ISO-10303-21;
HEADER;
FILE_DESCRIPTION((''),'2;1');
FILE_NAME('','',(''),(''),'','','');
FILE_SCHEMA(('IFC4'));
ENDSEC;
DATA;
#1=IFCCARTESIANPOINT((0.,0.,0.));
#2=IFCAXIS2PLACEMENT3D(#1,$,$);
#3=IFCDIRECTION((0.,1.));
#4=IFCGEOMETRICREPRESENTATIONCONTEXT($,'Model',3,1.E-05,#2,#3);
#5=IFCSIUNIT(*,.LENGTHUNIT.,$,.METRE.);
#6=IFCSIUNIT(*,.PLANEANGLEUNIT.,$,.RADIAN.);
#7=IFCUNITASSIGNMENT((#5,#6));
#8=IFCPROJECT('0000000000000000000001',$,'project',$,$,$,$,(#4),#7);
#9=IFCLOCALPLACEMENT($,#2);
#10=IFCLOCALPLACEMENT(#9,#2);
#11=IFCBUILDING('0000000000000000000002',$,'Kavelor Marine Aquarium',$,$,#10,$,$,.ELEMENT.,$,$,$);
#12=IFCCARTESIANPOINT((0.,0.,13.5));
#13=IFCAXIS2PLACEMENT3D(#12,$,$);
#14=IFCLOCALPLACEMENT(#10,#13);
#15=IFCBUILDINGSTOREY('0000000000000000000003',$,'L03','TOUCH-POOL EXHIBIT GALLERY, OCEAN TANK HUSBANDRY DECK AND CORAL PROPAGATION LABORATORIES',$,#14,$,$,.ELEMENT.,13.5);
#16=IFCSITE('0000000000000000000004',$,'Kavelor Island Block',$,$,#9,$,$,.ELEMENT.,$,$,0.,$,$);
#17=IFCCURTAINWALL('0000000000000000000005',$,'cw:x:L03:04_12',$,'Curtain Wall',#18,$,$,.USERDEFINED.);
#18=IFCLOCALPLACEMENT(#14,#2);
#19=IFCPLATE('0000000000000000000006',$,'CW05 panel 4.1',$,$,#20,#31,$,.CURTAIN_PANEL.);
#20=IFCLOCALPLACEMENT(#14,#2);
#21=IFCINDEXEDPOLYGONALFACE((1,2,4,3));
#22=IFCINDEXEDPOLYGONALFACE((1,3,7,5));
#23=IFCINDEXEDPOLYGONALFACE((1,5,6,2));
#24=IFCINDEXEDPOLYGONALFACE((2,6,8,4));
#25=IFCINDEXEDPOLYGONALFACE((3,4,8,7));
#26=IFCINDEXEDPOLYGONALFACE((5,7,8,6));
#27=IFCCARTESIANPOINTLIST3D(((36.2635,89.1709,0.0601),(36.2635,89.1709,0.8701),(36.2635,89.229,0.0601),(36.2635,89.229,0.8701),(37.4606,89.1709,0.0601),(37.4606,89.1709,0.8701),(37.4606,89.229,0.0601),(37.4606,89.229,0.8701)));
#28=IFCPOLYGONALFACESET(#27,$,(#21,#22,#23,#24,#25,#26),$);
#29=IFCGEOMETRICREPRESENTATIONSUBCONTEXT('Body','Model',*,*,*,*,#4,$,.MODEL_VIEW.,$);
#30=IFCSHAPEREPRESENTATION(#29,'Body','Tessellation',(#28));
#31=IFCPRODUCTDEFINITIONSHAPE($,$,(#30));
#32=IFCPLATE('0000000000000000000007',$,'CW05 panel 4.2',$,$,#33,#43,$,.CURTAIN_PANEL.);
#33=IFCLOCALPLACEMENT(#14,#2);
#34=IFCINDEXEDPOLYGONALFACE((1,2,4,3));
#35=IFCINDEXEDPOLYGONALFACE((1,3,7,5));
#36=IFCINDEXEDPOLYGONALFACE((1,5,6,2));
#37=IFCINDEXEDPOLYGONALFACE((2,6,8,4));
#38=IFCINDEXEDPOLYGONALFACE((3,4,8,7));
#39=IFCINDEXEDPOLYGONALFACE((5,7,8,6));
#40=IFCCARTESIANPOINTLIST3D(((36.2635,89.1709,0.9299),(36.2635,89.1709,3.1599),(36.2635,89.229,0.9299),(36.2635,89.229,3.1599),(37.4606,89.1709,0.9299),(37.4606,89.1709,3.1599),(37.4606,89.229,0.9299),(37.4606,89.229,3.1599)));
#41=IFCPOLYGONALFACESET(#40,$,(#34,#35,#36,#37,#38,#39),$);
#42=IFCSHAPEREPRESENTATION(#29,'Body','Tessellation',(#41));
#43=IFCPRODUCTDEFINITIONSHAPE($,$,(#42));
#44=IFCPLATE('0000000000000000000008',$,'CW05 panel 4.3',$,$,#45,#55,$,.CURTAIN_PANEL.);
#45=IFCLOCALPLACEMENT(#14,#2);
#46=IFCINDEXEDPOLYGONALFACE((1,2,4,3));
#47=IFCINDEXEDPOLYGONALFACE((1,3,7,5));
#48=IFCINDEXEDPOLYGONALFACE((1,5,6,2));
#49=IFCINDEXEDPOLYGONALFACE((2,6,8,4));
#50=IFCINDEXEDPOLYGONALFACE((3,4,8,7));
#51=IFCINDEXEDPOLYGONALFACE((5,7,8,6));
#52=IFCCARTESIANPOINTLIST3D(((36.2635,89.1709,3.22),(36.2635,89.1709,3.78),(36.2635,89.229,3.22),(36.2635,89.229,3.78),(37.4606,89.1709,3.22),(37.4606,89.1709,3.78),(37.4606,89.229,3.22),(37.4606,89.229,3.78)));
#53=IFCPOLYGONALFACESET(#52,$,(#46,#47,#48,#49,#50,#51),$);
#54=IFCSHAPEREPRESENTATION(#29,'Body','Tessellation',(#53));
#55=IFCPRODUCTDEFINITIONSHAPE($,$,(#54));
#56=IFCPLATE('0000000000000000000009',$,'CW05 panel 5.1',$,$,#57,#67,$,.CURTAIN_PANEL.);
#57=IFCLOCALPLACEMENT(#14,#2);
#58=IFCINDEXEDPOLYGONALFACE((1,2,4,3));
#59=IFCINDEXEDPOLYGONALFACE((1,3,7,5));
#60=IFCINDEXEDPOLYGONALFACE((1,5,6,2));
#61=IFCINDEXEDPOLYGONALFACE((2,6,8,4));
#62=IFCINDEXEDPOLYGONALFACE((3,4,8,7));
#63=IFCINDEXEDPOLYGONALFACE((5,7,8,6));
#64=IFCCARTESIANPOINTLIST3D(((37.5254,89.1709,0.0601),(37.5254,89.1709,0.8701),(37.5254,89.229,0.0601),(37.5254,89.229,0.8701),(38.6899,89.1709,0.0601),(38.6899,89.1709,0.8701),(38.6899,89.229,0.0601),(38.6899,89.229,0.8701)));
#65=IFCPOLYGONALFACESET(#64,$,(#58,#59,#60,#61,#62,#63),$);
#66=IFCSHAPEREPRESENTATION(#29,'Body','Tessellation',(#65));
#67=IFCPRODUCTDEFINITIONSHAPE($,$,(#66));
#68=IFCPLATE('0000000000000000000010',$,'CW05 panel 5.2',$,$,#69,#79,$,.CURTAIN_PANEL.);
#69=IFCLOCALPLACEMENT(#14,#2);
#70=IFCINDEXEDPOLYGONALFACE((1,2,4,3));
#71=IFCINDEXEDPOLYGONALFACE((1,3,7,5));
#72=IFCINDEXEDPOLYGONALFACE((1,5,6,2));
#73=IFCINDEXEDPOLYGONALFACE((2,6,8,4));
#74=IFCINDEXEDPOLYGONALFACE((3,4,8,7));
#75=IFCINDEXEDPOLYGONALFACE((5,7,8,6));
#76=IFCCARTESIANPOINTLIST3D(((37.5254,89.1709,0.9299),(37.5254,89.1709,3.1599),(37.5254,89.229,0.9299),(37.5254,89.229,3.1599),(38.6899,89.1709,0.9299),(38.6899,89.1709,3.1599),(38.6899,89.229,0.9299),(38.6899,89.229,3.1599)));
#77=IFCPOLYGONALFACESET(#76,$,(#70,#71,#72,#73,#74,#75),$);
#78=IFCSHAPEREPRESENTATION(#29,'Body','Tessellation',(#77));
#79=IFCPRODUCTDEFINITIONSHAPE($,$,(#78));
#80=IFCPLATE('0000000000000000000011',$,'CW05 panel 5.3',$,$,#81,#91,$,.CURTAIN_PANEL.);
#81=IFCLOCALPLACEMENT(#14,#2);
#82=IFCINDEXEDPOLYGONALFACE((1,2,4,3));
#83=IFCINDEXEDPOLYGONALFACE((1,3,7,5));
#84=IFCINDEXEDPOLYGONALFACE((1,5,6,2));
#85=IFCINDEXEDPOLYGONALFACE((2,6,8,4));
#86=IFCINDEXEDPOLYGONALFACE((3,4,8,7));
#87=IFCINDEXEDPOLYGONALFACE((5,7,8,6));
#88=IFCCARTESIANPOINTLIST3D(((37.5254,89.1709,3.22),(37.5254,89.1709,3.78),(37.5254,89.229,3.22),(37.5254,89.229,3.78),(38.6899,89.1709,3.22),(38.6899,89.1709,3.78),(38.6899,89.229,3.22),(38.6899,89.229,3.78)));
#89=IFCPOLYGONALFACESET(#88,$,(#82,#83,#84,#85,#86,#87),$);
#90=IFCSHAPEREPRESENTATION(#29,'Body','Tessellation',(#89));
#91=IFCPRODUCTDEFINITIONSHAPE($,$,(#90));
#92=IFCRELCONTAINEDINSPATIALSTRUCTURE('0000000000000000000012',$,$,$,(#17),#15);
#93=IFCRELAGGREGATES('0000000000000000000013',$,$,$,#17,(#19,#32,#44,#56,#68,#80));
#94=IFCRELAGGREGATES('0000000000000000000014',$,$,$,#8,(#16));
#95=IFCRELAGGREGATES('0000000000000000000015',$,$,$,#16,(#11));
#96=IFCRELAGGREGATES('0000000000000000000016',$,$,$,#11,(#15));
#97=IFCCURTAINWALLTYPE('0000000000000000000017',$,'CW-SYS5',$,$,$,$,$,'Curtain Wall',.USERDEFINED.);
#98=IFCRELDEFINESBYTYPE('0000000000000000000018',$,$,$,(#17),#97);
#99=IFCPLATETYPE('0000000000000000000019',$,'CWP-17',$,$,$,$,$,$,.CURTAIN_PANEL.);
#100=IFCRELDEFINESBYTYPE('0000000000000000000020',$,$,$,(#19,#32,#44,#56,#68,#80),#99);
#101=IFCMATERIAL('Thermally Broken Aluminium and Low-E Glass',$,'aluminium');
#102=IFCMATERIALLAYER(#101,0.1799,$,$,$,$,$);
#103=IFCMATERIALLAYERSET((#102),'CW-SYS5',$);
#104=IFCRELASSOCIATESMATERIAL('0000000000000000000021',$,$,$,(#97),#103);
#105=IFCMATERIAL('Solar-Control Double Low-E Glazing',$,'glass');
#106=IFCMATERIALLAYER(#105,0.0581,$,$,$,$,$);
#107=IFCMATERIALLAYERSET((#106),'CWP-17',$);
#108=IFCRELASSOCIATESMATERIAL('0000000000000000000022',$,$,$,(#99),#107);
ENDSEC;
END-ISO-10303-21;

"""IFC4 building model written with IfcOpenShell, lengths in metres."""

from ifc_helpers import new_model, si_unit, direction, frame, origin, origin_2d, place, context, subcontext, project, spatial, rectangle, extrude, material, layer, layer_set, type_object, element, aggregate, save


model = new_model("IFC4")

# Units and contexts
model_context = context("Model", 3, precision=1e-05, world=origin(), true_north=direction((0.0, 1.0)))
body_context = subcontext(model_context, "Body", "Model", "MODEL_VIEW")
ifc_project = project(units=[si_unit("LENGTHUNIT", "METRE"), si_unit("PLANEANGLEUNIT", "RADIAN")], contexts=[model_context])

# Site, building, storey
site_placement = place(None, origin())
site = spatial("IfcSite", under=ifc_project, at=site_placement, Name="Kavelor Island Block", CompositionType="ELEMENT", RefElevation=0.0)
building_placement = place(site_placement, origin())
building = spatial("IfcBuilding", under=site, at=building_placement, Name="Kavelor Marine Aquarium", CompositionType="ELEMENT")
storey_placement = place(building_placement, frame((0.0, 0.0, 13.5)))
storey = spatial("IfcBuildingStorey", under=building, at=storey_placement, Name="L03", Description="TOUCH-POOL EXHIBIT GALLERY, OCEAN TANK HUSBANDRY DECK AND CORAL PROPAGATION LABORATORIES", CompositionType="ELEMENT", Elevation=13.5)

# Curtain wall, plates
ifc_material_1 = material(Name="Thermally Broken Aluminium and Low-E Glass", Category="aluminium")
ifc_layer_1 = layer(ifc_material_1, 0.1799)
ifc_layer_set_1 = layer_set([ifc_layer_1], Name="CW-SYS5")
curtain_wall_type = type_object("IfcCurtainWallType", Name="CW-SYS5", ElementType="Curtain Wall", PredefinedType="USERDEFINED", material=ifc_layer_set_1)
curtain_wall_placement = place(storey_placement, origin())
curtain_wall = element("IfcCurtainWall", 1, at=curtain_wall_placement, inside=storey, type_object=curtain_wall_type, Name="cw:x:L03:04_12", ObjectType="Curtain Wall", PredefinedType="USERDEFINED")
ifc_material_2 = material(Name="Solar-Control Double Low-E Glazing", Category="glass")
ifc_layer_2 = layer(ifc_material_2, 0.0581)
ifc_layer_set_2 = layer_set([ifc_layer_2], Name="CWP-17")
plate_type = type_object("IfcPlateType", Name="CWP-17", PredefinedType="CURTAIN_PANEL", material=ifc_layer_set_2)
plate_1_placement = place(storey_placement, frame((36.8621, 89.2, 0.0601), z_axis=(0.0, 0.0, 1.0), x_axis=(1.0, 0.0, 0.0)))
plate_1 = element("IfcPlate", 2, at=plate_1_placement, type_object=plate_type, Name="CW05 panel 4.1", PredefinedType="CURTAIN_PANEL", context=body_context, shape_type="SweptSolid", body=[
    extrude(rectangle(XDim=1.197, YDim=0.0581, at=origin_2d()), origin(), (0.0, 0.0, 1.0), 0.8101),
])
plate_2_placement = place(storey_placement, frame((36.8621, 89.2, 0.9299), z_axis=(0.0, 0.0, 1.0), x_axis=(1.0, 0.0, 0.0)))
plate_2 = element("IfcPlate", 3, at=plate_2_placement, type_object=plate_type, Name="CW05 panel 4.2", PredefinedType="CURTAIN_PANEL", context=body_context, shape_type="SweptSolid", body=[
    extrude(rectangle(XDim=1.197, YDim=0.0581, at=origin_2d()), origin(), (0.0, 0.0, 1.0), 2.23),
])
plate_3_placement = place(storey_placement, frame((36.8621, 89.2, 3.22), z_axis=(0.0, 0.0, 1.0), x_axis=(1.0, 0.0, 0.0)))
plate_3 = element("IfcPlate", 4, at=plate_3_placement, type_object=plate_type, Name="CW05 panel 4.3", PredefinedType="CURTAIN_PANEL", context=body_context, shape_type="SweptSolid", body=[
    extrude(rectangle(XDim=1.197, YDim=0.0581, at=origin_2d()), origin(), (0.0, 0.0, 1.0), 0.5601),
])
plate_4_placement = place(storey_placement, frame((38.1077, 89.2, 0.0601), z_axis=(0.0, 0.0, 1.0), x_axis=(1.0, 0.0, 0.0)))
plate_4 = element("IfcPlate", 5, at=plate_4_placement, type_object=plate_type, Name="CW05 panel 5.1", PredefinedType="CURTAIN_PANEL", context=body_context, shape_type="SweptSolid", body=[
    extrude(rectangle(XDim=1.1646, YDim=0.0581, at=origin_2d()), origin(), (0.0, 0.0, 1.0), 0.8101),
])
plate_5_placement = place(storey_placement, frame((38.1077, 89.2, 0.9299), z_axis=(0.0, 0.0, 1.0), x_axis=(1.0, 0.0, 0.0)))
plate_5 = element("IfcPlate", 6, at=plate_5_placement, type_object=plate_type, Name="CW05 panel 5.2", PredefinedType="CURTAIN_PANEL", context=body_context, shape_type="SweptSolid", body=[
    extrude(rectangle(XDim=1.1646, YDim=0.0581, at=origin_2d()), origin(), (0.0, 0.0, 1.0), 2.23),
])
plate_6_placement = place(storey_placement, frame((38.1077, 89.2, 3.22), z_axis=(0.0, 0.0, 1.0), x_axis=(1.0, 0.0, 0.0)))
plate_6 = element("IfcPlate", 7, at=plate_6_placement, type_object=plate_type, Name="CW05 panel 5.3", PredefinedType="CURTAIN_PANEL", context=body_context, shape_type="SweptSolid", body=[
    extrude(rectangle(XDim=1.1646, YDim=0.0581, at=origin_2d()), origin(), (0.0, 0.0, 1.0), 0.5601),
])
aggregate(curtain_wall, [plate_1, plate_2, plate_3, plate_4, plate_5, plate_6])

save(model, "model.ifc")
